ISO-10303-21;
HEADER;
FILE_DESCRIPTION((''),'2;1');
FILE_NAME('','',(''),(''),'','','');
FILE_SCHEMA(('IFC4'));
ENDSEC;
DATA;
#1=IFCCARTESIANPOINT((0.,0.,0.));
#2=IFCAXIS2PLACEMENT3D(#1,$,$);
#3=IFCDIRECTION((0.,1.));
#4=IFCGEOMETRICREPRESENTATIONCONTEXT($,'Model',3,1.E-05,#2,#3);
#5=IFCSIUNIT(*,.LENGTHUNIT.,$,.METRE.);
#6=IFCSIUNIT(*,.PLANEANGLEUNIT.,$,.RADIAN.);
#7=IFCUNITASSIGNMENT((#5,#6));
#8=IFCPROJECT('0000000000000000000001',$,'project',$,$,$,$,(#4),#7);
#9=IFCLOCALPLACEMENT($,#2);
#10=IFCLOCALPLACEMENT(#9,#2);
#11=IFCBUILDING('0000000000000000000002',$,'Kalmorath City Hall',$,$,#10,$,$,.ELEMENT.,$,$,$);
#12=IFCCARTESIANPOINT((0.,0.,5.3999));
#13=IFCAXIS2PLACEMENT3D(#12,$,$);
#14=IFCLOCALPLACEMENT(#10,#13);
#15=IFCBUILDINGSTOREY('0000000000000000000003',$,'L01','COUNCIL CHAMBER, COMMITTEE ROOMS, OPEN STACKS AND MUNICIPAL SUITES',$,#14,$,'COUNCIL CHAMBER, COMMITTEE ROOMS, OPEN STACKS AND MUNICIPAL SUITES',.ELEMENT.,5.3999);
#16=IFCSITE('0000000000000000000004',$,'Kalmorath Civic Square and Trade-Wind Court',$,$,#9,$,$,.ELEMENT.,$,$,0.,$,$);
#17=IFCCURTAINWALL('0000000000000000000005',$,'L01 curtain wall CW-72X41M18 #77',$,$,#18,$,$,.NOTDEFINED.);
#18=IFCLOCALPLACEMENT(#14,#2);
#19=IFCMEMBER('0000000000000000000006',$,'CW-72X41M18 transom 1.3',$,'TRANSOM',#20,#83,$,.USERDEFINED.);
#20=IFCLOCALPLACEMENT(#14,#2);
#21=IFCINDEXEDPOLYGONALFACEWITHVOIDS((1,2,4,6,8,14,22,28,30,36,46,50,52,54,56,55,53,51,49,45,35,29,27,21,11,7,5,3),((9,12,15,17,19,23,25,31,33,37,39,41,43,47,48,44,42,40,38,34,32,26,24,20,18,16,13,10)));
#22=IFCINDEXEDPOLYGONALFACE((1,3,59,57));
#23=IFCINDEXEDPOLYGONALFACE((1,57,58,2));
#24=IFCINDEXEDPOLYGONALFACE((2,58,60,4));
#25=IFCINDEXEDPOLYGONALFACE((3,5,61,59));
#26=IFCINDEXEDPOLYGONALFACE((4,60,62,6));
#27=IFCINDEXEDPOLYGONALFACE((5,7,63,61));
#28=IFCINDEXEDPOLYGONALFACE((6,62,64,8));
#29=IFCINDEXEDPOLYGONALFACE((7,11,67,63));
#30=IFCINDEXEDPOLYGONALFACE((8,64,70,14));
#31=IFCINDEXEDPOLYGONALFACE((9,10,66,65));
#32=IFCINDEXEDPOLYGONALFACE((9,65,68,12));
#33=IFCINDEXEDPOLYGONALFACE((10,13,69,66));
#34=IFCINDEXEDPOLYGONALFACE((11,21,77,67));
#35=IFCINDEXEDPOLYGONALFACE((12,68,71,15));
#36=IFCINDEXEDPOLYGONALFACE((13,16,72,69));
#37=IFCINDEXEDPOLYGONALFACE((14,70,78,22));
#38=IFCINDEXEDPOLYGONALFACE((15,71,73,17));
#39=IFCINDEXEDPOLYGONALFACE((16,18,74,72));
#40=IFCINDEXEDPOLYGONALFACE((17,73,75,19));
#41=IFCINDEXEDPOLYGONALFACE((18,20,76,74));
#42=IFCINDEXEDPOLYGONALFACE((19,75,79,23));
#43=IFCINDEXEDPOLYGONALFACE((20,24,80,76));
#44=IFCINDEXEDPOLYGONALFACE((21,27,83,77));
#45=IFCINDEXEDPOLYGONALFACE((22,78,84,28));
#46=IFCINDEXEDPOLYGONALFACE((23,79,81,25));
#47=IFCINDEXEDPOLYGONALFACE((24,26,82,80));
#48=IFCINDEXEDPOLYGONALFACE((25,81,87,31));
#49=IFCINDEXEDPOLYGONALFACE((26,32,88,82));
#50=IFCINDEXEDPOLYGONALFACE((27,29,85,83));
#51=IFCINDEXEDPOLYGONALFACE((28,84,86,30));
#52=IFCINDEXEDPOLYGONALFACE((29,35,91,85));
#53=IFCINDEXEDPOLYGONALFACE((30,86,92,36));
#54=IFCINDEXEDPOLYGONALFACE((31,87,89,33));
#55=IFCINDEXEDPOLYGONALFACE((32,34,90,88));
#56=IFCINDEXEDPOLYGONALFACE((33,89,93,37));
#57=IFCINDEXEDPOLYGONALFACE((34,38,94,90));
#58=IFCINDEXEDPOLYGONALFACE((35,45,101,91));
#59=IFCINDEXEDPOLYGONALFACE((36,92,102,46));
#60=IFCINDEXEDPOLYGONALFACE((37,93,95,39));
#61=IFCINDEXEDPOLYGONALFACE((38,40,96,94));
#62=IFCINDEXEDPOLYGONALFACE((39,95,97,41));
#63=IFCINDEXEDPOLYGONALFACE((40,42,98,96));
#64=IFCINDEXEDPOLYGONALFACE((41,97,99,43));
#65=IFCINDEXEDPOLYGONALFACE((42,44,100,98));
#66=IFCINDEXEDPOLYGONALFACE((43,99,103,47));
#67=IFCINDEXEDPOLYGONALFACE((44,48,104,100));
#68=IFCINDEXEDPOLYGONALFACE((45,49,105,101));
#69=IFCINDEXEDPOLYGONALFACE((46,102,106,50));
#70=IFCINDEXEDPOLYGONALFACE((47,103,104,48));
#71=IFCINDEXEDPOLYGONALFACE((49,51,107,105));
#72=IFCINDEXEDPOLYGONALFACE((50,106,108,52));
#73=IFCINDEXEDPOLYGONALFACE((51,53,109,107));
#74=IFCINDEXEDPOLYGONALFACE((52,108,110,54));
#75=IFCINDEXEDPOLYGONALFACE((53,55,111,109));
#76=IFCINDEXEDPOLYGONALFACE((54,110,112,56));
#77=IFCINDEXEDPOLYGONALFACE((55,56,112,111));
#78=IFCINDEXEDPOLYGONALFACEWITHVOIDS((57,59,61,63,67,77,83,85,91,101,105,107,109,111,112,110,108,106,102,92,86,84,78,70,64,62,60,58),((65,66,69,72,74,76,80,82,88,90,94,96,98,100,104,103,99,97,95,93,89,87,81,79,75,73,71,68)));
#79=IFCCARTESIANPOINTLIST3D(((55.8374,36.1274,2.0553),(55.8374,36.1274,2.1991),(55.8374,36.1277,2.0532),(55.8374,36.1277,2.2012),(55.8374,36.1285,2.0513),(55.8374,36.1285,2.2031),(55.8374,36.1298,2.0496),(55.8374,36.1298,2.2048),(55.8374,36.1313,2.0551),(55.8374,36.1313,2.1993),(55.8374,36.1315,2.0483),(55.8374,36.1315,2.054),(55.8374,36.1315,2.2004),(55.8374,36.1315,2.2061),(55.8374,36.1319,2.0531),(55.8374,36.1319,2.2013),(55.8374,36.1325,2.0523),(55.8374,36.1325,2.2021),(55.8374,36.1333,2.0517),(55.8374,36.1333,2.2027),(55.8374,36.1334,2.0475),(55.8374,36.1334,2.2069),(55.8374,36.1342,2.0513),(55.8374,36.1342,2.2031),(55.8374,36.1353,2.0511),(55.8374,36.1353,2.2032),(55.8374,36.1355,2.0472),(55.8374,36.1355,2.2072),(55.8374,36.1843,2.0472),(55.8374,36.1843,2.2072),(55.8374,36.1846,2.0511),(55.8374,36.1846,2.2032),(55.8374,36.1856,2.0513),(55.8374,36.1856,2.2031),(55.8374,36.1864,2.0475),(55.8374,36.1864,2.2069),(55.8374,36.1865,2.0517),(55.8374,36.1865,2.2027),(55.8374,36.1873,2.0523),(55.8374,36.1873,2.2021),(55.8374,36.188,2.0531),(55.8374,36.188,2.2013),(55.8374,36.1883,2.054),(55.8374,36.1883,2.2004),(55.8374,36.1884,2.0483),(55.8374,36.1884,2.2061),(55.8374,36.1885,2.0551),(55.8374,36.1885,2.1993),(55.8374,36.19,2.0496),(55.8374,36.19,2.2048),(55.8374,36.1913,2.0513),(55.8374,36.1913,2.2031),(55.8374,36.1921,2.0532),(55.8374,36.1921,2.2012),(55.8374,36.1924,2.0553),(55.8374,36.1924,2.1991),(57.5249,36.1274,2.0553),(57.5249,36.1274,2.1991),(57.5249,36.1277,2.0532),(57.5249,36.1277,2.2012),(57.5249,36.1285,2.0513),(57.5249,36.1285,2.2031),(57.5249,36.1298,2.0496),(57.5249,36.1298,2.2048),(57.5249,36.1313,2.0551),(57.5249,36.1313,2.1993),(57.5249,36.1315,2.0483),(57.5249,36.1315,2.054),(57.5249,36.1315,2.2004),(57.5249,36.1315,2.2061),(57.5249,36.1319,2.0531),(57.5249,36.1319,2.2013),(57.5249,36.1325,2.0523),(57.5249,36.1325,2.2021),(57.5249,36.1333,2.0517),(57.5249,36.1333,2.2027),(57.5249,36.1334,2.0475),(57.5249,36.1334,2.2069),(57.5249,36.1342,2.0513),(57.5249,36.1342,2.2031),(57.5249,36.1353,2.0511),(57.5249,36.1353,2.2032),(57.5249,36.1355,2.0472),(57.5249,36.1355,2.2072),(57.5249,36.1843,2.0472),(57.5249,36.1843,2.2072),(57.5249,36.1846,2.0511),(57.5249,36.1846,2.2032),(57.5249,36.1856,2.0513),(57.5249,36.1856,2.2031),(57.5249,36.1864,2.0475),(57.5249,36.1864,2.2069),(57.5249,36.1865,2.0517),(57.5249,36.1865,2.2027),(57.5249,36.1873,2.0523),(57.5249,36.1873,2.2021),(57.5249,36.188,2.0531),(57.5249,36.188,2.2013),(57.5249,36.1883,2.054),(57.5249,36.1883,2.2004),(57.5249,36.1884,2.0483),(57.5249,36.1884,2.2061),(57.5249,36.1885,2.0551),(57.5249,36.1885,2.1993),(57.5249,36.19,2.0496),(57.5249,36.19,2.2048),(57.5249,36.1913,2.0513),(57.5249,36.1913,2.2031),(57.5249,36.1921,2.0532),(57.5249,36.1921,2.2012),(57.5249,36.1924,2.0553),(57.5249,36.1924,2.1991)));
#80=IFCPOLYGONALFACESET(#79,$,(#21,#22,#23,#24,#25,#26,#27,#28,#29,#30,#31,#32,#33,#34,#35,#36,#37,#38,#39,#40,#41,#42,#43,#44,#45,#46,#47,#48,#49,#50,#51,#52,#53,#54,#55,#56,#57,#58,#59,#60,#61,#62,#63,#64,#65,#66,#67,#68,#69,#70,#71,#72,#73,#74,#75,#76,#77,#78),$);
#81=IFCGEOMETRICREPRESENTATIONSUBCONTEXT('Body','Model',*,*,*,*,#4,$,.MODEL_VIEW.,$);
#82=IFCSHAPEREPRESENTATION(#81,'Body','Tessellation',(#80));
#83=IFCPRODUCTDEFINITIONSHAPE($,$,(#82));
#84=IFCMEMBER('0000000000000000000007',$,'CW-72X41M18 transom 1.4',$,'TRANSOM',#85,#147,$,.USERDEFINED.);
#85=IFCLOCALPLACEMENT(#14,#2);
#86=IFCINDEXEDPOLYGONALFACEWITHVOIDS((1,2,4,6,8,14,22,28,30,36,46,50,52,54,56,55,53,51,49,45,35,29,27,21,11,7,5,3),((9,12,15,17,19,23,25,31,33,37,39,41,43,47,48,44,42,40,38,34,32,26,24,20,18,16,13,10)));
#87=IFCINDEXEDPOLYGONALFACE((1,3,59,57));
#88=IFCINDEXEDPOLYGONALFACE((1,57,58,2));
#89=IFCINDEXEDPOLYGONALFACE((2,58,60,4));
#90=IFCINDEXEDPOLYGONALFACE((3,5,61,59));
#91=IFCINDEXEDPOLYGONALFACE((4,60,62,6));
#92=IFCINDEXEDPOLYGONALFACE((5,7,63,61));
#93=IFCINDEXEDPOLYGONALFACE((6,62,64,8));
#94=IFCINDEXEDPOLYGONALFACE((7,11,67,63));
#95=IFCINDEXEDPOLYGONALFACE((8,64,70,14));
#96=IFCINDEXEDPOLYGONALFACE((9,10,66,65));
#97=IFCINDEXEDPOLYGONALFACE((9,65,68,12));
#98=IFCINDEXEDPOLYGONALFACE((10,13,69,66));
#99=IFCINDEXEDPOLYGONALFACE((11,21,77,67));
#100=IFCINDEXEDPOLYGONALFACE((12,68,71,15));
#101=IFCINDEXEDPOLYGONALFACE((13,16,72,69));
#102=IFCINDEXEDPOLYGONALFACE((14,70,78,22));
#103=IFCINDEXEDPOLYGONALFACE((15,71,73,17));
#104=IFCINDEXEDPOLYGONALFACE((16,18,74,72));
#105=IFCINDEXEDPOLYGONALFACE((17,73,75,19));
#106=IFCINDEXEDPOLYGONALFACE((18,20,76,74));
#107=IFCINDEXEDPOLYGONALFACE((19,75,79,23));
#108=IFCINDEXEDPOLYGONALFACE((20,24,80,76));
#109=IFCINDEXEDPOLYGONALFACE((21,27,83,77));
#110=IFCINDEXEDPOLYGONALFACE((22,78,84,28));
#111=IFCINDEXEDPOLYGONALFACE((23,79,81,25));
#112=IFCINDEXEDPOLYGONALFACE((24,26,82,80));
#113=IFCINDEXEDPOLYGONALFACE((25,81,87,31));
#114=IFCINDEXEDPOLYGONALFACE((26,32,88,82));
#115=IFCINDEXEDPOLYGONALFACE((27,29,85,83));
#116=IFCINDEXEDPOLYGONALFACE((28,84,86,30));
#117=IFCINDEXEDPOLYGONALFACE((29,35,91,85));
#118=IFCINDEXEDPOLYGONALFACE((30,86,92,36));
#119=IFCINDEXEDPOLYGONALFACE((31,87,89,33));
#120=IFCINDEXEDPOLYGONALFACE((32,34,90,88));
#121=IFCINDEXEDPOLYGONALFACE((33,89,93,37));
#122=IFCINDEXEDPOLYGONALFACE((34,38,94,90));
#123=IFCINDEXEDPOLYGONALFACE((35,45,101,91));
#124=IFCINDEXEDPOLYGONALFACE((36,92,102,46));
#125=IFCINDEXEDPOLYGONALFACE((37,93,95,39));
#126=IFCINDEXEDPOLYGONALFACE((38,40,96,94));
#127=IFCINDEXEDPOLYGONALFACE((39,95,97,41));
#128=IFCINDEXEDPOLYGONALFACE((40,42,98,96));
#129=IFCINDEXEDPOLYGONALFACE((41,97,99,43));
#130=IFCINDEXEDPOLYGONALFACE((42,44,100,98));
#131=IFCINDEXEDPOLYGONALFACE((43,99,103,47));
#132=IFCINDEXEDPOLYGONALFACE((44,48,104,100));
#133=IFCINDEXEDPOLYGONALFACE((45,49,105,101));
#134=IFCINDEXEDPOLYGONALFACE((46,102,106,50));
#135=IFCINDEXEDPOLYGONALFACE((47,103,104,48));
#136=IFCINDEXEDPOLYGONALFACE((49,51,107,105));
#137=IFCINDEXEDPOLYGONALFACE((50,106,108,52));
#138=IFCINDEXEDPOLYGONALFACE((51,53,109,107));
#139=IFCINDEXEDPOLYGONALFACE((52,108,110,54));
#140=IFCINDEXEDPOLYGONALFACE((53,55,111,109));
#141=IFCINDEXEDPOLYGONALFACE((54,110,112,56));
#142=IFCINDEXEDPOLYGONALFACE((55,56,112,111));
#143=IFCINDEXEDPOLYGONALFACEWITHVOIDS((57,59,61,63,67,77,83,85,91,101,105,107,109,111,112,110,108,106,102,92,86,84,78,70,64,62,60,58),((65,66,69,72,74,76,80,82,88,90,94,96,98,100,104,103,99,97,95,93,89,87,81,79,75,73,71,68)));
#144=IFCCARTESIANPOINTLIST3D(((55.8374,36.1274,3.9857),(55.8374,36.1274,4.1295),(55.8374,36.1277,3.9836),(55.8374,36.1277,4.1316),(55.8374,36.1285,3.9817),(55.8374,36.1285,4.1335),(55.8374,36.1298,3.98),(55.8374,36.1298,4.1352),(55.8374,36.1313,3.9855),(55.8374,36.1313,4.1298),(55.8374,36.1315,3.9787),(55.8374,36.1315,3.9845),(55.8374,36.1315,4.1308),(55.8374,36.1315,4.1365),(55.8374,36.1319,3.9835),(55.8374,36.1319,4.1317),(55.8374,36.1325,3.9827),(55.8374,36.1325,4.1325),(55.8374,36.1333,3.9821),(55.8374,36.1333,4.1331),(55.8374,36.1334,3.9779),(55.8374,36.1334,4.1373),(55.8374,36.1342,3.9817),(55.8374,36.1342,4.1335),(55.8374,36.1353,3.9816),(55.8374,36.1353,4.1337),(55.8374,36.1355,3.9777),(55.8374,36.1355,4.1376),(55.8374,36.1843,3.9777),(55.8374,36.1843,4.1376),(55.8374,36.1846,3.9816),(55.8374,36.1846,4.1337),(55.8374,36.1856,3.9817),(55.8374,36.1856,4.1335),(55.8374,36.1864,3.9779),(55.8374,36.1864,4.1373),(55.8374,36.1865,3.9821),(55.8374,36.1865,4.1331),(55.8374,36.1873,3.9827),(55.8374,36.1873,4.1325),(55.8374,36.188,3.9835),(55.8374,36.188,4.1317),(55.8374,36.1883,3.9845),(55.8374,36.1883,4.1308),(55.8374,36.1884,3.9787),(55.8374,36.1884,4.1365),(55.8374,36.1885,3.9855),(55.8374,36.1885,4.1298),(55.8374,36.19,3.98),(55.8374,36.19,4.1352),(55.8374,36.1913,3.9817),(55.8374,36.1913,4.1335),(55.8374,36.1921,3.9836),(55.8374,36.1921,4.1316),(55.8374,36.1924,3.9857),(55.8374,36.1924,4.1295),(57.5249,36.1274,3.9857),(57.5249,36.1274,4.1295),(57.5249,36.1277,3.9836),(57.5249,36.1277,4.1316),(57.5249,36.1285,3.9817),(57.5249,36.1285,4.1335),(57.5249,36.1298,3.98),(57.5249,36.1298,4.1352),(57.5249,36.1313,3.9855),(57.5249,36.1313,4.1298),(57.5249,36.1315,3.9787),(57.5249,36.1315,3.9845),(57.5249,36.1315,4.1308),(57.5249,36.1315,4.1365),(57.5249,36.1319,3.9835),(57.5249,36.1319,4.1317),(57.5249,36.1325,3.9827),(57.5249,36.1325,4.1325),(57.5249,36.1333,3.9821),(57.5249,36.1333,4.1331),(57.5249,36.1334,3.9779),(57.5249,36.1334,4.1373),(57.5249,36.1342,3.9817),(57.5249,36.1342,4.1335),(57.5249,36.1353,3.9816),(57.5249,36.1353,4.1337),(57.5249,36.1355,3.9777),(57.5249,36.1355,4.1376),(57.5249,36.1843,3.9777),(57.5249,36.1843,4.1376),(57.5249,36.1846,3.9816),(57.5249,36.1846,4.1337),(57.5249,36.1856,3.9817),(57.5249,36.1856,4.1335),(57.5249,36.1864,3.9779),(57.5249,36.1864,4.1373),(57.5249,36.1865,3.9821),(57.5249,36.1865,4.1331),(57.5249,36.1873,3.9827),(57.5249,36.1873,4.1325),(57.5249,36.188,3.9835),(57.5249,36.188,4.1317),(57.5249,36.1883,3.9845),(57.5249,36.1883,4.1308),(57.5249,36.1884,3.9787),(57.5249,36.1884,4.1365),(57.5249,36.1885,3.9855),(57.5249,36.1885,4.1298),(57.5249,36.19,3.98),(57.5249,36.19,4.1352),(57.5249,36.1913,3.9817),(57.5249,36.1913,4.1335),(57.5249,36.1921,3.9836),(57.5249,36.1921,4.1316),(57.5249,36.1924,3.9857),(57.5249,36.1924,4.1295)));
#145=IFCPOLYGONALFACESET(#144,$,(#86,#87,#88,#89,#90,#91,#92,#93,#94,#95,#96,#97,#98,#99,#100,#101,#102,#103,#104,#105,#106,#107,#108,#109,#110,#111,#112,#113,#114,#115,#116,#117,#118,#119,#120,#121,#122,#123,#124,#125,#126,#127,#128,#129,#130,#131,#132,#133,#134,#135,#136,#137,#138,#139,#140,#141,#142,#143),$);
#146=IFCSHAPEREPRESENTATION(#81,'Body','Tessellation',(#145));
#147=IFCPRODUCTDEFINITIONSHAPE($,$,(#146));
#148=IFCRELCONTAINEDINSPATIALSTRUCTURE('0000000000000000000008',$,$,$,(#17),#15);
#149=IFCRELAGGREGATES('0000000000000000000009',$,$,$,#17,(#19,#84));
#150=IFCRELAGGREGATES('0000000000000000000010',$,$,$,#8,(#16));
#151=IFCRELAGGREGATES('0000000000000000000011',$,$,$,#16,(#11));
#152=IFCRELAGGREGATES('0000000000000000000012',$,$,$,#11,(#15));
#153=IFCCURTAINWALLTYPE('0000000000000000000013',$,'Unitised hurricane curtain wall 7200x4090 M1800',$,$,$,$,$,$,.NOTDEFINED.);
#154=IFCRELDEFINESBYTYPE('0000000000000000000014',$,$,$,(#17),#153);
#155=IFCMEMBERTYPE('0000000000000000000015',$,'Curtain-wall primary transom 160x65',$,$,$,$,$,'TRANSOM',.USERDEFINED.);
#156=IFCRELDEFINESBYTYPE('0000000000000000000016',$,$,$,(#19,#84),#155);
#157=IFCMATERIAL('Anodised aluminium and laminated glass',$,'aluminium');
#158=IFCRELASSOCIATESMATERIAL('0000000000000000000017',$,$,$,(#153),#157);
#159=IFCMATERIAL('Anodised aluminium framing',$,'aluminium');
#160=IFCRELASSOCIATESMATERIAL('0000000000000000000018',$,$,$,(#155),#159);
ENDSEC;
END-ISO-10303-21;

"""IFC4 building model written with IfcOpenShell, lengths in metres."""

from ifc_helpers import new_model, si_unit, direction, frame, origin, origin_2d, place, context, subcontext, project, spatial, hollow_rectangle, extrude, material, material_profile, profile_set, type_object, element, aggregate, save


model = new_model("IFC4")

# Units and contexts
model_context = context("Model", 3, precision=1e-05, world=origin(), true_north=direction((0.0, 1.0)))
body_context = subcontext(model_context, "Body", "Model", "MODEL_VIEW")
ifc_project = project(units=[si_unit("LENGTHUNIT", "METRE"), si_unit("PLANEANGLEUNIT", "RADIAN")], contexts=[model_context])

# Site, building, storey
site_placement = place(None, origin())
site = spatial("IfcSite", under=ifc_project, at=site_placement, Name="Kalmorath Civic Square and Trade-Wind Court", CompositionType="ELEMENT", RefElevation=0.0)
building_placement = place(site_placement, origin())
building = spatial("IfcBuilding", under=site, at=building_placement, Name="Kalmorath City Hall", CompositionType="ELEMENT")
storey_placement = place(building_placement, frame((0.0, 0.0, 5.3999)))
storey = spatial("IfcBuildingStorey", under=building, at=storey_placement, Name="L01", Description="COUNCIL CHAMBER, COMMITTEE ROOMS, OPEN STACKS AND MUNICIPAL SUITES", LongName="COUNCIL CHAMBER, COMMITTEE ROOMS, OPEN STACKS AND MUNICIPAL SUITES", CompositionType="ELEMENT", Elevation=5.3999)

# Curtain wall
ifc_material_1 = material(Name="Anodised aluminium and laminated glass", Category="aluminium")
curtain_wall_type_1 = type_object("IfcCurtainWallType", Name="Unitised hurricane curtain wall 7200x4090 M1800", PredefinedType="NOTDEFINED", material=ifc_material_1)
curtain_wall_1_placement = place(storey_placement, origin())
curtain_wall_1 = element("IfcCurtainWall", 1, at=curtain_wall_1_placement, inside=storey, type_object=curtain_wall_type_1, Name="L01 curtain wall CW-72X41M18 #77", PredefinedType="NOTDEFINED")

# Members
ifc_material_2 = material(Name="Anodised aluminium framing", Category="aluminium")
ifc_material_profile_1 = material_profile(ifc_material_2, hollow_rectangle(XDim=0.0649, YDim=0.1599, WallThickness=0.0039, InnerFilletRadius=0.0039, OuterFilletRadius=0.0081, at=origin_2d()), Name="ALU-TRN-160X65X4")
ifc_profile_set_1 = profile_set([ifc_material_profile_1], Name="Anodised aluminium framing")
member_type_1 = type_object("IfcMemberType", Name="Curtain-wall primary transom 160x65", ElementType="TRANSOM", PredefinedType="USERDEFINED", material=ifc_profile_set_1)
member_1_placement = place(storey_placement, frame((57.5249, 36.1599, 2.1272), z_axis=(-1.0, 0.0, 0.0), x_axis=(0.0, -1.0, 0.0)))
member_1 = element("IfcMember", 2, at=member_1_placement, type_object=member_type_1, Name="CW-72X41M18 transom 1.3", ObjectType="TRANSOM", PredefinedType="USERDEFINED", context=body_context, shape_type="SweptSolid", body=[
    extrude(hollow_rectangle(XDim=0.0649, YDim=0.1599, WallThickness=0.0039, InnerFilletRadius=0.0039, OuterFilletRadius=0.0081, at=origin_2d()), origin(), (0.0, 0.0, 1.0), 1.6875),
])
member_2_placement = place(storey_placement, frame((57.5249, 36.1599, 4.0576), z_axis=(-1.0, 0.0, 0.0), x_axis=(0.0, -1.0, 0.0)))
member_2 = element("IfcMember", 3, at=member_2_placement, type_object=member_type_1, Name="CW-72X41M18 transom 1.4", ObjectType="TRANSOM", PredefinedType="USERDEFINED", context=body_context, shape_type="SweptSolid", body=[
    extrude(hollow_rectangle(XDim=0.0649, YDim=0.1599, WallThickness=0.0039, InnerFilletRadius=0.0039, OuterFilletRadius=0.0081, at=origin_2d()), origin(), (0.0, 0.0, 1.0), 1.6875),
])
aggregate(curtain_wall_1, [member_1, member_2])

save(model, "model.ifc")
